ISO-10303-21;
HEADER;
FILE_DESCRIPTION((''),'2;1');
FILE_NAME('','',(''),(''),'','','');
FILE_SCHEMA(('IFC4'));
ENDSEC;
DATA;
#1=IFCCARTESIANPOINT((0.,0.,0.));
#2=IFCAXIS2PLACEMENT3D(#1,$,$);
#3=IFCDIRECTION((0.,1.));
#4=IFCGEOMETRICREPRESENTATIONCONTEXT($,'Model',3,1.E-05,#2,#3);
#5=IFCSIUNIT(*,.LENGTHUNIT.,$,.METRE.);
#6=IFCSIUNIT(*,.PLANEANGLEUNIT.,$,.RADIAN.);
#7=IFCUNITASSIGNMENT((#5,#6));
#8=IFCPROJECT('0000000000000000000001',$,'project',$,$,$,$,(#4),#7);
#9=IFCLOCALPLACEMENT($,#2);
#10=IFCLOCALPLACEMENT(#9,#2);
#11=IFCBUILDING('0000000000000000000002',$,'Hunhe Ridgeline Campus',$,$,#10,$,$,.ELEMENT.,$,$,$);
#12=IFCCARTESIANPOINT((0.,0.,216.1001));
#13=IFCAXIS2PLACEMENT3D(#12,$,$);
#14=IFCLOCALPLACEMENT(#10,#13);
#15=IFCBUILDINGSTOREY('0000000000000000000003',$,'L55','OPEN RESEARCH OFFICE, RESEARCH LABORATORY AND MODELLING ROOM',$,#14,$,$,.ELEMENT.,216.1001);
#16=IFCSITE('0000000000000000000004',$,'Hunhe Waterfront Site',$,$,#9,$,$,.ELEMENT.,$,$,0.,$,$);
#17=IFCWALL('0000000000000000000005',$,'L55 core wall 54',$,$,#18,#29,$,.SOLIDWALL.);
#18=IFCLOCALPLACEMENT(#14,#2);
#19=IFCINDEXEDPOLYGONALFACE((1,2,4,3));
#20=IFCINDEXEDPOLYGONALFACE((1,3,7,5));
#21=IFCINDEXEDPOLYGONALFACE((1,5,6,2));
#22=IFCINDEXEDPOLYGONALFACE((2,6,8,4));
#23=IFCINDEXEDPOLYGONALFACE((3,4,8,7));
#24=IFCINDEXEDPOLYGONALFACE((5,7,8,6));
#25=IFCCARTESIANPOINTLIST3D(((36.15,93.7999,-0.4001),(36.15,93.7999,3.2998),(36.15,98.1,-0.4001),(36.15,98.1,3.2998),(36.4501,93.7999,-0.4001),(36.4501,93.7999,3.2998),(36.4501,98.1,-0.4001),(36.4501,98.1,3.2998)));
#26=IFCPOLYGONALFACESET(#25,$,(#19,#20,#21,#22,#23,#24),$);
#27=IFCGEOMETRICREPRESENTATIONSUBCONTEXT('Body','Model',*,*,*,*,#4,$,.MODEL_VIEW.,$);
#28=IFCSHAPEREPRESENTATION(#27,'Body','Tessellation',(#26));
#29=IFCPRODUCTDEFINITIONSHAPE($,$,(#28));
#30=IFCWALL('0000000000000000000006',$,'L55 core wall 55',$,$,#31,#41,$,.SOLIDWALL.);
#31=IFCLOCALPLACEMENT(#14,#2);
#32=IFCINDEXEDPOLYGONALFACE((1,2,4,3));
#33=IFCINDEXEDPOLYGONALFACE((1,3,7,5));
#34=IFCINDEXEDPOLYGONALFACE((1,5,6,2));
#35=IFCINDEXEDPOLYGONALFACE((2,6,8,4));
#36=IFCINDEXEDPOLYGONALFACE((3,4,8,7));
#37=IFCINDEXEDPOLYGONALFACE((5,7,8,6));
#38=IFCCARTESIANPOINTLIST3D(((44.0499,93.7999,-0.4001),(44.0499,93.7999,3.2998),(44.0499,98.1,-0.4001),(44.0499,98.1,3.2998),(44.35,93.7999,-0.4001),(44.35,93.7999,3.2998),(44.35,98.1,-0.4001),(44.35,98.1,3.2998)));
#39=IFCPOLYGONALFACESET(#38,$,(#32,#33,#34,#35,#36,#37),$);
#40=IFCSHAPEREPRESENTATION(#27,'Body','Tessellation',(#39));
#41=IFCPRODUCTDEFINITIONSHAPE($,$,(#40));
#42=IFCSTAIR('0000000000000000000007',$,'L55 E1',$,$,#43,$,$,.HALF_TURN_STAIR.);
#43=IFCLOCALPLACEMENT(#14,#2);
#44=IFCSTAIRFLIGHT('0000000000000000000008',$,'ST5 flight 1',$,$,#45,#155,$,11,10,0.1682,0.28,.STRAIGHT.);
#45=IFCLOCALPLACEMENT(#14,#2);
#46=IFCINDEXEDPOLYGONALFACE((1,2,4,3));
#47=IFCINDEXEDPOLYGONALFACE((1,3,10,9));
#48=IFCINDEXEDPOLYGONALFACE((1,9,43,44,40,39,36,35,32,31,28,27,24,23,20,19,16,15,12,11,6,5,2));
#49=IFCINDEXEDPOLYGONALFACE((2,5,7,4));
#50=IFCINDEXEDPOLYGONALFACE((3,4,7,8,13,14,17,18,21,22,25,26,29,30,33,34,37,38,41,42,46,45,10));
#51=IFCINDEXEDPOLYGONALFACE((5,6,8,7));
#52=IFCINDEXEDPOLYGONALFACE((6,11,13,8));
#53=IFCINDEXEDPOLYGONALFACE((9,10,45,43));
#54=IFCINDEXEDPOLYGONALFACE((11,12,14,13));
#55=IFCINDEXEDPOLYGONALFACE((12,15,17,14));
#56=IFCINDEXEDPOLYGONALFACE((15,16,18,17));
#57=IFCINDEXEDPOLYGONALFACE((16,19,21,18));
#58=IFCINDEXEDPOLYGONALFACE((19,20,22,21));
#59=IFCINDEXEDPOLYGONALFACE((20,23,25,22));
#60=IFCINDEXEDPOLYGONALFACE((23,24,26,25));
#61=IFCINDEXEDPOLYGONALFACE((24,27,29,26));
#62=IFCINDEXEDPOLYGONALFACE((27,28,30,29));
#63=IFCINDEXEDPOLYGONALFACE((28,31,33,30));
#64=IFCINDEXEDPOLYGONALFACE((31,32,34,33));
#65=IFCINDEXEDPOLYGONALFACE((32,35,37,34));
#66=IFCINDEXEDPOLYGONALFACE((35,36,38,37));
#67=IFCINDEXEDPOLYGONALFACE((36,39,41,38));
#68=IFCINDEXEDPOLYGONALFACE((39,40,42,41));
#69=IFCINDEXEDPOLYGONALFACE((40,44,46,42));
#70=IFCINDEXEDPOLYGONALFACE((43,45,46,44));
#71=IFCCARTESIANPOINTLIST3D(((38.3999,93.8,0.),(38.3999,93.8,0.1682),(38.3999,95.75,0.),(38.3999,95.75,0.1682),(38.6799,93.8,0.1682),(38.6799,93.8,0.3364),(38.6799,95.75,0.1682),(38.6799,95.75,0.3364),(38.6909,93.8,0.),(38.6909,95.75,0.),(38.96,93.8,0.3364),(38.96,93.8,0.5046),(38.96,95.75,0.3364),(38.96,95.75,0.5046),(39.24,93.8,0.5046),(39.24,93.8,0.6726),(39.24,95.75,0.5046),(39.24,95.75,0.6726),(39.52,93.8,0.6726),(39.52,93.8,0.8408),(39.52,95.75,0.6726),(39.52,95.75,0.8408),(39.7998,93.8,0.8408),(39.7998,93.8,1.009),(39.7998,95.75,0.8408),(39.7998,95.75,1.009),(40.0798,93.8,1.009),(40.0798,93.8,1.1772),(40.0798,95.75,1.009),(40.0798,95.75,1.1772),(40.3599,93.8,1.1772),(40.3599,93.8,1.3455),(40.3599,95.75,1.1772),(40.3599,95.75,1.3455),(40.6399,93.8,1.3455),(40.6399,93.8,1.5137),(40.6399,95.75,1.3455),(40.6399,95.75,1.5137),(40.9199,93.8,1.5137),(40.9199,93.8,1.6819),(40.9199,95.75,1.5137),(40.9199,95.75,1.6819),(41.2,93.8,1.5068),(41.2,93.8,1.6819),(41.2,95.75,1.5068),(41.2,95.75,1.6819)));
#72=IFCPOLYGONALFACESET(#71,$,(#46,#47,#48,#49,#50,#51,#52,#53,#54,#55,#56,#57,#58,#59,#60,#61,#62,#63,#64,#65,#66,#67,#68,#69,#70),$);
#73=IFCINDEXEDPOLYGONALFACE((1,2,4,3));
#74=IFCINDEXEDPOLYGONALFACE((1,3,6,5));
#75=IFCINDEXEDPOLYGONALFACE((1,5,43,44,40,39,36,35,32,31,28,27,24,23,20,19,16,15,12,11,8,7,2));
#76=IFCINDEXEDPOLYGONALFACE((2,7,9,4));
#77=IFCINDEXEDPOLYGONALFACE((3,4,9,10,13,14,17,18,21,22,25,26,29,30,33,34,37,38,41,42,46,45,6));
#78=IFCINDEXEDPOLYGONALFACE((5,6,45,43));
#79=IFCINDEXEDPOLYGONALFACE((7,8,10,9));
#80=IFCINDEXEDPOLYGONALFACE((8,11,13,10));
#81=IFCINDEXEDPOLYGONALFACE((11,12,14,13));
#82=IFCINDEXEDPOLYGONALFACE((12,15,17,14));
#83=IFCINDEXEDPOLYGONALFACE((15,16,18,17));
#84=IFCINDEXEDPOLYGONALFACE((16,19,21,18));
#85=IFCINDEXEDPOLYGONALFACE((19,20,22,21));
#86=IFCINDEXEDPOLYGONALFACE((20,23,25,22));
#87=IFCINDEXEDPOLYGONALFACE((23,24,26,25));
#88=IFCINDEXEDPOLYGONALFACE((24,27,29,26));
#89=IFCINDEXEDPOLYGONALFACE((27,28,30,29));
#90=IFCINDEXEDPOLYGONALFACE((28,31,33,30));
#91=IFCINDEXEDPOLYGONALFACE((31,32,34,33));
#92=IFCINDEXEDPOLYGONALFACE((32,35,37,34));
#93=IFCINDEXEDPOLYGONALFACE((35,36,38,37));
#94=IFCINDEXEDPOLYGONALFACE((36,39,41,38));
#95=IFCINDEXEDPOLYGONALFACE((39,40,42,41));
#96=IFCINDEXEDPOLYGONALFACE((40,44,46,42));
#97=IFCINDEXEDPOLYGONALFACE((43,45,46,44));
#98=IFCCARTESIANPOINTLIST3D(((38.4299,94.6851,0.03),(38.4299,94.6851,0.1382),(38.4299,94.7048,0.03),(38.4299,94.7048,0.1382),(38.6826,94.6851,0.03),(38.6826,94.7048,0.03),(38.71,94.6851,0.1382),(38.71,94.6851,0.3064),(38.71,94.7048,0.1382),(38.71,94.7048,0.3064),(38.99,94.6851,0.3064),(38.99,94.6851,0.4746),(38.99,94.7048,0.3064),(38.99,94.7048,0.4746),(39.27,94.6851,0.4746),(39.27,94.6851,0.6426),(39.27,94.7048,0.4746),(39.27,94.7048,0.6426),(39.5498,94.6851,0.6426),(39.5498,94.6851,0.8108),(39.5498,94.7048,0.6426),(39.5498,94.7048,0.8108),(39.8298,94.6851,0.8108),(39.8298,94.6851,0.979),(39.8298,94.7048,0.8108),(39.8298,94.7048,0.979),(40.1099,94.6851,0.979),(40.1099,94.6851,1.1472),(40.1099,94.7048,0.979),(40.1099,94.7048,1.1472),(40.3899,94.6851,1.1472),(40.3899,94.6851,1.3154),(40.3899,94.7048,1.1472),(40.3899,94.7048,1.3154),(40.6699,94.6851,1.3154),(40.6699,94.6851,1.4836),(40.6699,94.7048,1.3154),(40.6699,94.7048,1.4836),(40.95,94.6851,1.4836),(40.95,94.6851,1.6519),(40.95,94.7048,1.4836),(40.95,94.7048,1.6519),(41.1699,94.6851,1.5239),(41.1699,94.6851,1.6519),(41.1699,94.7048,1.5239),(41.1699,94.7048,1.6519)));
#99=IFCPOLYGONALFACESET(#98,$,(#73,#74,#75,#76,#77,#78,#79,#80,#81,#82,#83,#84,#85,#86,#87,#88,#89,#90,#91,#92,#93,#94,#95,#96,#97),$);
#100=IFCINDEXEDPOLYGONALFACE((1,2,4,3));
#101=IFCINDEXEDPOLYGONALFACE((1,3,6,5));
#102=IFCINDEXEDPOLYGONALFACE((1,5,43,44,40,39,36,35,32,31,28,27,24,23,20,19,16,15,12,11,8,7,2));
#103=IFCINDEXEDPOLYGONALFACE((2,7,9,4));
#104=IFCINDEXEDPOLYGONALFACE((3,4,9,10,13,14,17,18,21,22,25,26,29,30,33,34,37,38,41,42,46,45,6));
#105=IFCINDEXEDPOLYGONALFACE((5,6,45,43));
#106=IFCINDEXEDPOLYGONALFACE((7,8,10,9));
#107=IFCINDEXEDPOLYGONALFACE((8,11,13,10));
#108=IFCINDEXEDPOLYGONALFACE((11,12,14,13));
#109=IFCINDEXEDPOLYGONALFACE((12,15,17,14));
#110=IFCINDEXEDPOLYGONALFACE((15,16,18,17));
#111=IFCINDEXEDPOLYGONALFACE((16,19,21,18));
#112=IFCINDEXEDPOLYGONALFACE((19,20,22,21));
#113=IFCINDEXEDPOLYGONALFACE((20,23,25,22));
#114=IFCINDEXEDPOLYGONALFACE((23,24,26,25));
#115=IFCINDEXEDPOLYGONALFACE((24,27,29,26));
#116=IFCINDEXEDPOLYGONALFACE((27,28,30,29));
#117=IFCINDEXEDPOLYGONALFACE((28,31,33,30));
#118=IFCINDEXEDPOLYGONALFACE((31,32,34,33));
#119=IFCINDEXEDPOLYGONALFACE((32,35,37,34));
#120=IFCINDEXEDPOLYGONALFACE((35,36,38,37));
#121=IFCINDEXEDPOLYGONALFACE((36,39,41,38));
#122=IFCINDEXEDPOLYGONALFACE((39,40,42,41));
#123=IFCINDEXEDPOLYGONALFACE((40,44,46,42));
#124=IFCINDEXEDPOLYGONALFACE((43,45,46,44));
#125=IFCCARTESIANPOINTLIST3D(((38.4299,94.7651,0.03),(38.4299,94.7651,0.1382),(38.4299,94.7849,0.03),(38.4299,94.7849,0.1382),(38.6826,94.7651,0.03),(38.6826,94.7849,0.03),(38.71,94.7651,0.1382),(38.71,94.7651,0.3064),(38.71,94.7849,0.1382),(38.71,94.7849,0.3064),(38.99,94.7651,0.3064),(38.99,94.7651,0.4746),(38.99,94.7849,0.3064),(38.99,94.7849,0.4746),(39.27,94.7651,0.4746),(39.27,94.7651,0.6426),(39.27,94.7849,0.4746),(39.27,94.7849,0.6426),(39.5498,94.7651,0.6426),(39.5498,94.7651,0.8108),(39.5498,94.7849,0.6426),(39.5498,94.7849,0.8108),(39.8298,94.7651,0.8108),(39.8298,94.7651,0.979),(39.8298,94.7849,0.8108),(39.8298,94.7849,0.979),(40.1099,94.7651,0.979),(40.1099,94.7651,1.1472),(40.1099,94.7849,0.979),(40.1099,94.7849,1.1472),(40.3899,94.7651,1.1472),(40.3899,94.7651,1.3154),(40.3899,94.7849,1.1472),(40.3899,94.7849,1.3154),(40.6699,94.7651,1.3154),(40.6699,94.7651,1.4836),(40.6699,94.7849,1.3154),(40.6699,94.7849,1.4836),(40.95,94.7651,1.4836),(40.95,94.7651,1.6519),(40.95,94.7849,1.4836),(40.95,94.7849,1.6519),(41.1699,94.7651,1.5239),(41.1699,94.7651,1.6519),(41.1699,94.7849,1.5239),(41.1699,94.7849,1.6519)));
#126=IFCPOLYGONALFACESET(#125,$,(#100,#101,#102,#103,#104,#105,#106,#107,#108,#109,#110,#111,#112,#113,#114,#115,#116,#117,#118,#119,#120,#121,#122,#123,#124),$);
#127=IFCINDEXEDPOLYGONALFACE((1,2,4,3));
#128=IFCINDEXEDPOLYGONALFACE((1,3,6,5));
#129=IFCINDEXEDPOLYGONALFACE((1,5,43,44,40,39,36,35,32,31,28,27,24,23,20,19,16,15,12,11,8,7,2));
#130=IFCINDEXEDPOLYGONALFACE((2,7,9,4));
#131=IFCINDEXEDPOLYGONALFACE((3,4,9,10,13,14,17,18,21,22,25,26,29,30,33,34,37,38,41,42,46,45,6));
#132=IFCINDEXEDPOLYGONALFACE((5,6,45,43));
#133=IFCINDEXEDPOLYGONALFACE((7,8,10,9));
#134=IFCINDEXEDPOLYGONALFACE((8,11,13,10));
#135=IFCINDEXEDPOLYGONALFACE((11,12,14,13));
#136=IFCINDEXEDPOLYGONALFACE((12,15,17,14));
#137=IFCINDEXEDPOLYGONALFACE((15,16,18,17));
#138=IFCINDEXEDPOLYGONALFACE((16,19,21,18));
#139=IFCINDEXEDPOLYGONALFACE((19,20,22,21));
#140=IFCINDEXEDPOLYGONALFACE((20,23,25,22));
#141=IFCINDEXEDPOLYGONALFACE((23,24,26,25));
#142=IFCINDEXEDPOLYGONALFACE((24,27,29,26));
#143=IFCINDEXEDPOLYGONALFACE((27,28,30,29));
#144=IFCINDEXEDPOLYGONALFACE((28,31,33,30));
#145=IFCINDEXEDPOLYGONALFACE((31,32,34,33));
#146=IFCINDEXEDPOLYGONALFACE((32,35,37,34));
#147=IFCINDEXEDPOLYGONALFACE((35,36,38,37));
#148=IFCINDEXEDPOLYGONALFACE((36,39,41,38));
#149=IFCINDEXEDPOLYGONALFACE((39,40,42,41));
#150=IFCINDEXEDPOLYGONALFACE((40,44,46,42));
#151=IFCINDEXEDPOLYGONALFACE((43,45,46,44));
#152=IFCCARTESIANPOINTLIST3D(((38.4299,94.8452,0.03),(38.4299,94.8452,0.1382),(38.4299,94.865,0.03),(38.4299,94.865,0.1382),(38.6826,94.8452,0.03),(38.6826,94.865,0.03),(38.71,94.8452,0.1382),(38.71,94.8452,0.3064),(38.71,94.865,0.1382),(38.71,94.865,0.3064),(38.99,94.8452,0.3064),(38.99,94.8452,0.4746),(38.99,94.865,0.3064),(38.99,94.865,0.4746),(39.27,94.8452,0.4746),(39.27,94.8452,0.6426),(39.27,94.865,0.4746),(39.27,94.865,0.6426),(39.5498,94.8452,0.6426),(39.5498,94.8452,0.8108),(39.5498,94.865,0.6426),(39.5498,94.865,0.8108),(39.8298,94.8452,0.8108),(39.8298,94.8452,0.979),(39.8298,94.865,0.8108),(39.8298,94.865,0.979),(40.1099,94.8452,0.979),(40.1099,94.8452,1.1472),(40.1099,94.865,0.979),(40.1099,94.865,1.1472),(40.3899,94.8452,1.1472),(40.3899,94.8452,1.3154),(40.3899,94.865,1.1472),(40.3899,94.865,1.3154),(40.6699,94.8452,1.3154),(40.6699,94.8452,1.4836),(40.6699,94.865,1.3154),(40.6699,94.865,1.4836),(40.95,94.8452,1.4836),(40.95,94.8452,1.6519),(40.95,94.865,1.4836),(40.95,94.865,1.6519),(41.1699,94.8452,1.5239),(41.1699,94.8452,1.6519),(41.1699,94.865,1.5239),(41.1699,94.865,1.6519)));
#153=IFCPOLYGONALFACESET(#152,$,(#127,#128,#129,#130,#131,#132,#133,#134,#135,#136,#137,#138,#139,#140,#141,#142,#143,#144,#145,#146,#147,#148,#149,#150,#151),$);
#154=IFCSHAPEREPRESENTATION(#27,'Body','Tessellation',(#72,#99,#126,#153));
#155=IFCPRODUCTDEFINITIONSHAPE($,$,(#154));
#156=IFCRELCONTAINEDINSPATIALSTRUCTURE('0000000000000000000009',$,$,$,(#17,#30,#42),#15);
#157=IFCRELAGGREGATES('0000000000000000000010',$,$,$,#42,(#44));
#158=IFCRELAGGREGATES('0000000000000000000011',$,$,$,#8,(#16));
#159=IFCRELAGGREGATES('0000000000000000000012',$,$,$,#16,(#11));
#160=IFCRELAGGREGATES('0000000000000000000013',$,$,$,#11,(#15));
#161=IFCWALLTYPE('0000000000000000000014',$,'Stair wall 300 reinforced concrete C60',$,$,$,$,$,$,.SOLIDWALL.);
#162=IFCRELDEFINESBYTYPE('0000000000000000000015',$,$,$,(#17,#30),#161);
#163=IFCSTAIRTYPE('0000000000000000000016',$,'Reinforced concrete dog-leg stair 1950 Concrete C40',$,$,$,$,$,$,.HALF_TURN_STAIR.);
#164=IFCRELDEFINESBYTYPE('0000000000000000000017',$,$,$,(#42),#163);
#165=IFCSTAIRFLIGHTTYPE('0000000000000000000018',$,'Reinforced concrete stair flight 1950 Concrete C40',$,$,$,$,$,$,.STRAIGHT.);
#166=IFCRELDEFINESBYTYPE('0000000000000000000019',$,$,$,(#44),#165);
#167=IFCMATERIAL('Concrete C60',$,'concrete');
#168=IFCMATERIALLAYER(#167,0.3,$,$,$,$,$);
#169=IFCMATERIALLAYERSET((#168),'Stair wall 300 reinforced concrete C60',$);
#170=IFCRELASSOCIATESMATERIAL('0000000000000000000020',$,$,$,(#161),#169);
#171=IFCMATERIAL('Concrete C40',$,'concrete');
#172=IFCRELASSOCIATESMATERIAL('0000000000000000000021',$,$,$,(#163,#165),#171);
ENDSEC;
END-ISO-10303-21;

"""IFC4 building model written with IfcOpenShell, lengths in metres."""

from ifc_helpers import new_model, si_unit, direction, frame, frame_2d, origin, place, context, subcontext, project, spatial, polyline, rectangle, outline, extrude, material, layer, layer_set, type_object, element, aggregate, save


model = new_model("IFC4")

# Units and contexts
model_context = context("Model", 3, precision=1e-05, world=origin(), true_north=direction((0.0, 1.0)))
body_context = subcontext(model_context, "Body", "Model", "MODEL_VIEW")
ifc_project = project(units=[si_unit("LENGTHUNIT", "METRE"), si_unit("PLANEANGLEUNIT", "RADIAN")], contexts=[model_context])

# Site, building, storey
site_placement = place(None, origin())
site = spatial("IfcSite", under=ifc_project, at=site_placement, Name="Hunhe Waterfront Site", CompositionType="ELEMENT", RefElevation=0.0)
building_placement = place(site_placement, origin())
building = spatial("IfcBuilding", under=site, at=building_placement, Name="Hunhe Ridgeline Campus", CompositionType="ELEMENT")
storey_placement = place(building_placement, frame((0.0, 0.0, 216.1001)))
storey = spatial("IfcBuildingStorey", under=building, at=storey_placement, Name="L55", Description="OPEN RESEARCH OFFICE, RESEARCH LABORATORY AND MODELLING ROOM", CompositionType="ELEMENT", Elevation=216.1001)

# Shared definitions
ifc_material_1 = material(Name="Concrete C60", Category="concrete")

# Shared definitions
ifc_layer_1 = layer(ifc_material_1, 0.3)
ifc_layer_set_1 = layer_set([ifc_layer_1], Name="Stair wall 300 reinforced concrete C60")
wall_type_1 = type_object("IfcWallType", Name="Stair wall 300 reinforced concrete C60", PredefinedType="SOLIDWALL", material=ifc_layer_set_1)

# Walls
for number, where, z_axis, x_axis, name in (
    (1, (36.3, 93.8, -0.4001), (0.0, 0.0, 1.0), (0.0, 1.0, 0.0), "L55 core wall 54"),
    (2, (44.2, 93.8, -0.4001), (0.0, 0.0, 1.0), (0.0, 1.0, 0.0), "L55 core wall 55"),
):
    element("IfcWall", number, at=place(storey_placement, frame(where, z_axis=z_axis, x_axis=x_axis)), inside=storey, type_object=wall_type_1, Name=name, PredefinedType="SOLIDWALL", context=body_context, shape_type="SweptSolid", body=[
        extrude(rectangle(XDim=4.3, YDim=0.3, at=frame_2d((2.1499, 0.0))), origin(), (0.0, 0.0, 1.0), 3.7),
    ])

# Stair, stair flight
ifc_material_2 = material(Name="Concrete C40", Category="concrete")
stair_type = type_object("IfcStairType", Name="Reinforced concrete dog-leg stair 1950 Concrete C40", PredefinedType="HALF_TURN_STAIR", material=ifc_material_2)
stair_placement = place(storey_placement, origin())
stair = element("IfcStair", 3, at=stair_placement, inside=storey, type_object=stair_type, Name="L55 E1", PredefinedType="HALF_TURN_STAIR")
stair_flight_type = type_object("IfcStairFlightType", Name="Reinforced concrete stair flight 1950 Concrete C40", PredefinedType="STRAIGHT", material=ifc_material_2)
stair_flight_1_placement = place(storey_placement, frame((38.3999, 94.7749, 0.0), z_axis=(0.0, 0.0, 1.0), x_axis=(1.0, 0.0, 0.0)))
stair_flight_1 = element("IfcStairFlight", 4, at=stair_flight_1_placement, type_object=stair_flight_type, Name="ST5 flight 1", NumberOfRisers=11, NumberOfTreads=10, PredefinedType="STRAIGHT", RiserHeight=0.1682, TreadLength=0.28, context=body_context, shape_type="SweptSolid", body=[
    extrude(outline(polyline([(0.0, 0.0), (0.0, 0.1682), (0.28, 0.1682), (0.28, 0.3364), (0.5601, 0.3364), (0.5601, 0.5046), (0.8401, 0.5046), (0.8401, 0.6726), (1.1201, 0.6726), (1.1201, 0.8408), (1.3999, 0.8408), (1.3999, 1.009), (1.6799, 1.009), (1.6799, 1.1772), (1.96, 1.1772), (1.96, 1.3455), (2.24, 1.3455), (2.24, 1.5137), (2.52, 1.5137), (2.52, 1.6819), (2.8, 1.6819), (2.8, 1.8501), (2.8, 1.5068), (0.291, 0.0), (0.0, 0.0)])), frame((0.0, 0.9751, 0.0), z_axis=(0.0, -1.0, 0.0), x_axis=(1.0, 0.0, 0.0)), (0.0, 0.0, 1.0), 1.95),
    extrude(outline(polyline([(0.03, 0.03), (0.03, 0.1382), (0.3101, 0.1382), (0.3101, 0.3064), (0.5901, 0.3064), (0.5901, 0.4746), (0.8701, 0.4746), (0.8701, 0.6426), (1.1499, 0.6426), (1.1499, 0.8108), (1.4299, 0.8108), (1.4299, 0.979), (1.71, 0.979), (1.71, 1.1472), (1.99, 1.1472), (1.99, 1.3154), (2.27, 1.3154), (2.27, 1.4836), (2.55, 1.4836), (2.55, 1.6519), (2.77, 1.6519), (2.77, 1.5239), (0.2827, 0.03), (0.03, 0.03)])), frame((0.0, -0.0701, 0.0), z_axis=(0.0, -1.0, 0.0), x_axis=(1.0, 0.0, 0.0)), (0.0, 0.0, 1.0), 0.0198),
    extrude(outline(polyline([(0.03, 0.03), (0.03, 0.1382), (0.3101, 0.1382), (0.3101, 0.3064), (0.5901, 0.3064), (0.5901, 0.4746), (0.8701, 0.4746), (0.8701, 0.6426), (1.1499, 0.6426), (1.1499, 0.8108), (1.4299, 0.8108), (1.4299, 0.979), (1.71, 0.979), (1.71, 1.1472), (1.99, 1.1472), (1.99, 1.3154), (2.27, 1.3154), (2.27, 1.4836), (2.55, 1.4836), (2.55, 1.6519), (2.77, 1.6519), (2.77, 1.5239), (0.2827, 0.03), (0.03, 0.03)])), frame((0.0, 0.01, 0.0), z_axis=(0.0, -1.0, 0.0), x_axis=(1.0, 0.0, 0.0)), (0.0, 0.0, 1.0), 0.0198),
    extrude(outline(polyline([(0.03, 0.03), (0.03, 0.1382), (0.3101, 0.1382), (0.3101, 0.3064), (0.5901, 0.3064), (0.5901, 0.4746), (0.8701, 0.4746), (0.8701, 0.6426), (1.1499, 0.6426), (1.1499, 0.8108), (1.4299, 0.8108), (1.4299, 0.979), (1.71, 0.979), (1.71, 1.1472), (1.99, 1.1472), (1.99, 1.3154), (2.27, 1.3154), (2.27, 1.4836), (2.55, 1.4836), (2.55, 1.6519), (2.77, 1.6519), (2.77, 1.5239), (0.2827, 0.03), (0.03, 0.03)])), frame((0.0, 0.0901, 0.0), z_axis=(0.0, -1.0, 0.0), x_axis=(1.0, 0.0, 0.0)), (0.0, 0.0, 1.0), 0.0198),
])
aggregate(stair, [stair_flight_1])

save(model, "model.ifc")
